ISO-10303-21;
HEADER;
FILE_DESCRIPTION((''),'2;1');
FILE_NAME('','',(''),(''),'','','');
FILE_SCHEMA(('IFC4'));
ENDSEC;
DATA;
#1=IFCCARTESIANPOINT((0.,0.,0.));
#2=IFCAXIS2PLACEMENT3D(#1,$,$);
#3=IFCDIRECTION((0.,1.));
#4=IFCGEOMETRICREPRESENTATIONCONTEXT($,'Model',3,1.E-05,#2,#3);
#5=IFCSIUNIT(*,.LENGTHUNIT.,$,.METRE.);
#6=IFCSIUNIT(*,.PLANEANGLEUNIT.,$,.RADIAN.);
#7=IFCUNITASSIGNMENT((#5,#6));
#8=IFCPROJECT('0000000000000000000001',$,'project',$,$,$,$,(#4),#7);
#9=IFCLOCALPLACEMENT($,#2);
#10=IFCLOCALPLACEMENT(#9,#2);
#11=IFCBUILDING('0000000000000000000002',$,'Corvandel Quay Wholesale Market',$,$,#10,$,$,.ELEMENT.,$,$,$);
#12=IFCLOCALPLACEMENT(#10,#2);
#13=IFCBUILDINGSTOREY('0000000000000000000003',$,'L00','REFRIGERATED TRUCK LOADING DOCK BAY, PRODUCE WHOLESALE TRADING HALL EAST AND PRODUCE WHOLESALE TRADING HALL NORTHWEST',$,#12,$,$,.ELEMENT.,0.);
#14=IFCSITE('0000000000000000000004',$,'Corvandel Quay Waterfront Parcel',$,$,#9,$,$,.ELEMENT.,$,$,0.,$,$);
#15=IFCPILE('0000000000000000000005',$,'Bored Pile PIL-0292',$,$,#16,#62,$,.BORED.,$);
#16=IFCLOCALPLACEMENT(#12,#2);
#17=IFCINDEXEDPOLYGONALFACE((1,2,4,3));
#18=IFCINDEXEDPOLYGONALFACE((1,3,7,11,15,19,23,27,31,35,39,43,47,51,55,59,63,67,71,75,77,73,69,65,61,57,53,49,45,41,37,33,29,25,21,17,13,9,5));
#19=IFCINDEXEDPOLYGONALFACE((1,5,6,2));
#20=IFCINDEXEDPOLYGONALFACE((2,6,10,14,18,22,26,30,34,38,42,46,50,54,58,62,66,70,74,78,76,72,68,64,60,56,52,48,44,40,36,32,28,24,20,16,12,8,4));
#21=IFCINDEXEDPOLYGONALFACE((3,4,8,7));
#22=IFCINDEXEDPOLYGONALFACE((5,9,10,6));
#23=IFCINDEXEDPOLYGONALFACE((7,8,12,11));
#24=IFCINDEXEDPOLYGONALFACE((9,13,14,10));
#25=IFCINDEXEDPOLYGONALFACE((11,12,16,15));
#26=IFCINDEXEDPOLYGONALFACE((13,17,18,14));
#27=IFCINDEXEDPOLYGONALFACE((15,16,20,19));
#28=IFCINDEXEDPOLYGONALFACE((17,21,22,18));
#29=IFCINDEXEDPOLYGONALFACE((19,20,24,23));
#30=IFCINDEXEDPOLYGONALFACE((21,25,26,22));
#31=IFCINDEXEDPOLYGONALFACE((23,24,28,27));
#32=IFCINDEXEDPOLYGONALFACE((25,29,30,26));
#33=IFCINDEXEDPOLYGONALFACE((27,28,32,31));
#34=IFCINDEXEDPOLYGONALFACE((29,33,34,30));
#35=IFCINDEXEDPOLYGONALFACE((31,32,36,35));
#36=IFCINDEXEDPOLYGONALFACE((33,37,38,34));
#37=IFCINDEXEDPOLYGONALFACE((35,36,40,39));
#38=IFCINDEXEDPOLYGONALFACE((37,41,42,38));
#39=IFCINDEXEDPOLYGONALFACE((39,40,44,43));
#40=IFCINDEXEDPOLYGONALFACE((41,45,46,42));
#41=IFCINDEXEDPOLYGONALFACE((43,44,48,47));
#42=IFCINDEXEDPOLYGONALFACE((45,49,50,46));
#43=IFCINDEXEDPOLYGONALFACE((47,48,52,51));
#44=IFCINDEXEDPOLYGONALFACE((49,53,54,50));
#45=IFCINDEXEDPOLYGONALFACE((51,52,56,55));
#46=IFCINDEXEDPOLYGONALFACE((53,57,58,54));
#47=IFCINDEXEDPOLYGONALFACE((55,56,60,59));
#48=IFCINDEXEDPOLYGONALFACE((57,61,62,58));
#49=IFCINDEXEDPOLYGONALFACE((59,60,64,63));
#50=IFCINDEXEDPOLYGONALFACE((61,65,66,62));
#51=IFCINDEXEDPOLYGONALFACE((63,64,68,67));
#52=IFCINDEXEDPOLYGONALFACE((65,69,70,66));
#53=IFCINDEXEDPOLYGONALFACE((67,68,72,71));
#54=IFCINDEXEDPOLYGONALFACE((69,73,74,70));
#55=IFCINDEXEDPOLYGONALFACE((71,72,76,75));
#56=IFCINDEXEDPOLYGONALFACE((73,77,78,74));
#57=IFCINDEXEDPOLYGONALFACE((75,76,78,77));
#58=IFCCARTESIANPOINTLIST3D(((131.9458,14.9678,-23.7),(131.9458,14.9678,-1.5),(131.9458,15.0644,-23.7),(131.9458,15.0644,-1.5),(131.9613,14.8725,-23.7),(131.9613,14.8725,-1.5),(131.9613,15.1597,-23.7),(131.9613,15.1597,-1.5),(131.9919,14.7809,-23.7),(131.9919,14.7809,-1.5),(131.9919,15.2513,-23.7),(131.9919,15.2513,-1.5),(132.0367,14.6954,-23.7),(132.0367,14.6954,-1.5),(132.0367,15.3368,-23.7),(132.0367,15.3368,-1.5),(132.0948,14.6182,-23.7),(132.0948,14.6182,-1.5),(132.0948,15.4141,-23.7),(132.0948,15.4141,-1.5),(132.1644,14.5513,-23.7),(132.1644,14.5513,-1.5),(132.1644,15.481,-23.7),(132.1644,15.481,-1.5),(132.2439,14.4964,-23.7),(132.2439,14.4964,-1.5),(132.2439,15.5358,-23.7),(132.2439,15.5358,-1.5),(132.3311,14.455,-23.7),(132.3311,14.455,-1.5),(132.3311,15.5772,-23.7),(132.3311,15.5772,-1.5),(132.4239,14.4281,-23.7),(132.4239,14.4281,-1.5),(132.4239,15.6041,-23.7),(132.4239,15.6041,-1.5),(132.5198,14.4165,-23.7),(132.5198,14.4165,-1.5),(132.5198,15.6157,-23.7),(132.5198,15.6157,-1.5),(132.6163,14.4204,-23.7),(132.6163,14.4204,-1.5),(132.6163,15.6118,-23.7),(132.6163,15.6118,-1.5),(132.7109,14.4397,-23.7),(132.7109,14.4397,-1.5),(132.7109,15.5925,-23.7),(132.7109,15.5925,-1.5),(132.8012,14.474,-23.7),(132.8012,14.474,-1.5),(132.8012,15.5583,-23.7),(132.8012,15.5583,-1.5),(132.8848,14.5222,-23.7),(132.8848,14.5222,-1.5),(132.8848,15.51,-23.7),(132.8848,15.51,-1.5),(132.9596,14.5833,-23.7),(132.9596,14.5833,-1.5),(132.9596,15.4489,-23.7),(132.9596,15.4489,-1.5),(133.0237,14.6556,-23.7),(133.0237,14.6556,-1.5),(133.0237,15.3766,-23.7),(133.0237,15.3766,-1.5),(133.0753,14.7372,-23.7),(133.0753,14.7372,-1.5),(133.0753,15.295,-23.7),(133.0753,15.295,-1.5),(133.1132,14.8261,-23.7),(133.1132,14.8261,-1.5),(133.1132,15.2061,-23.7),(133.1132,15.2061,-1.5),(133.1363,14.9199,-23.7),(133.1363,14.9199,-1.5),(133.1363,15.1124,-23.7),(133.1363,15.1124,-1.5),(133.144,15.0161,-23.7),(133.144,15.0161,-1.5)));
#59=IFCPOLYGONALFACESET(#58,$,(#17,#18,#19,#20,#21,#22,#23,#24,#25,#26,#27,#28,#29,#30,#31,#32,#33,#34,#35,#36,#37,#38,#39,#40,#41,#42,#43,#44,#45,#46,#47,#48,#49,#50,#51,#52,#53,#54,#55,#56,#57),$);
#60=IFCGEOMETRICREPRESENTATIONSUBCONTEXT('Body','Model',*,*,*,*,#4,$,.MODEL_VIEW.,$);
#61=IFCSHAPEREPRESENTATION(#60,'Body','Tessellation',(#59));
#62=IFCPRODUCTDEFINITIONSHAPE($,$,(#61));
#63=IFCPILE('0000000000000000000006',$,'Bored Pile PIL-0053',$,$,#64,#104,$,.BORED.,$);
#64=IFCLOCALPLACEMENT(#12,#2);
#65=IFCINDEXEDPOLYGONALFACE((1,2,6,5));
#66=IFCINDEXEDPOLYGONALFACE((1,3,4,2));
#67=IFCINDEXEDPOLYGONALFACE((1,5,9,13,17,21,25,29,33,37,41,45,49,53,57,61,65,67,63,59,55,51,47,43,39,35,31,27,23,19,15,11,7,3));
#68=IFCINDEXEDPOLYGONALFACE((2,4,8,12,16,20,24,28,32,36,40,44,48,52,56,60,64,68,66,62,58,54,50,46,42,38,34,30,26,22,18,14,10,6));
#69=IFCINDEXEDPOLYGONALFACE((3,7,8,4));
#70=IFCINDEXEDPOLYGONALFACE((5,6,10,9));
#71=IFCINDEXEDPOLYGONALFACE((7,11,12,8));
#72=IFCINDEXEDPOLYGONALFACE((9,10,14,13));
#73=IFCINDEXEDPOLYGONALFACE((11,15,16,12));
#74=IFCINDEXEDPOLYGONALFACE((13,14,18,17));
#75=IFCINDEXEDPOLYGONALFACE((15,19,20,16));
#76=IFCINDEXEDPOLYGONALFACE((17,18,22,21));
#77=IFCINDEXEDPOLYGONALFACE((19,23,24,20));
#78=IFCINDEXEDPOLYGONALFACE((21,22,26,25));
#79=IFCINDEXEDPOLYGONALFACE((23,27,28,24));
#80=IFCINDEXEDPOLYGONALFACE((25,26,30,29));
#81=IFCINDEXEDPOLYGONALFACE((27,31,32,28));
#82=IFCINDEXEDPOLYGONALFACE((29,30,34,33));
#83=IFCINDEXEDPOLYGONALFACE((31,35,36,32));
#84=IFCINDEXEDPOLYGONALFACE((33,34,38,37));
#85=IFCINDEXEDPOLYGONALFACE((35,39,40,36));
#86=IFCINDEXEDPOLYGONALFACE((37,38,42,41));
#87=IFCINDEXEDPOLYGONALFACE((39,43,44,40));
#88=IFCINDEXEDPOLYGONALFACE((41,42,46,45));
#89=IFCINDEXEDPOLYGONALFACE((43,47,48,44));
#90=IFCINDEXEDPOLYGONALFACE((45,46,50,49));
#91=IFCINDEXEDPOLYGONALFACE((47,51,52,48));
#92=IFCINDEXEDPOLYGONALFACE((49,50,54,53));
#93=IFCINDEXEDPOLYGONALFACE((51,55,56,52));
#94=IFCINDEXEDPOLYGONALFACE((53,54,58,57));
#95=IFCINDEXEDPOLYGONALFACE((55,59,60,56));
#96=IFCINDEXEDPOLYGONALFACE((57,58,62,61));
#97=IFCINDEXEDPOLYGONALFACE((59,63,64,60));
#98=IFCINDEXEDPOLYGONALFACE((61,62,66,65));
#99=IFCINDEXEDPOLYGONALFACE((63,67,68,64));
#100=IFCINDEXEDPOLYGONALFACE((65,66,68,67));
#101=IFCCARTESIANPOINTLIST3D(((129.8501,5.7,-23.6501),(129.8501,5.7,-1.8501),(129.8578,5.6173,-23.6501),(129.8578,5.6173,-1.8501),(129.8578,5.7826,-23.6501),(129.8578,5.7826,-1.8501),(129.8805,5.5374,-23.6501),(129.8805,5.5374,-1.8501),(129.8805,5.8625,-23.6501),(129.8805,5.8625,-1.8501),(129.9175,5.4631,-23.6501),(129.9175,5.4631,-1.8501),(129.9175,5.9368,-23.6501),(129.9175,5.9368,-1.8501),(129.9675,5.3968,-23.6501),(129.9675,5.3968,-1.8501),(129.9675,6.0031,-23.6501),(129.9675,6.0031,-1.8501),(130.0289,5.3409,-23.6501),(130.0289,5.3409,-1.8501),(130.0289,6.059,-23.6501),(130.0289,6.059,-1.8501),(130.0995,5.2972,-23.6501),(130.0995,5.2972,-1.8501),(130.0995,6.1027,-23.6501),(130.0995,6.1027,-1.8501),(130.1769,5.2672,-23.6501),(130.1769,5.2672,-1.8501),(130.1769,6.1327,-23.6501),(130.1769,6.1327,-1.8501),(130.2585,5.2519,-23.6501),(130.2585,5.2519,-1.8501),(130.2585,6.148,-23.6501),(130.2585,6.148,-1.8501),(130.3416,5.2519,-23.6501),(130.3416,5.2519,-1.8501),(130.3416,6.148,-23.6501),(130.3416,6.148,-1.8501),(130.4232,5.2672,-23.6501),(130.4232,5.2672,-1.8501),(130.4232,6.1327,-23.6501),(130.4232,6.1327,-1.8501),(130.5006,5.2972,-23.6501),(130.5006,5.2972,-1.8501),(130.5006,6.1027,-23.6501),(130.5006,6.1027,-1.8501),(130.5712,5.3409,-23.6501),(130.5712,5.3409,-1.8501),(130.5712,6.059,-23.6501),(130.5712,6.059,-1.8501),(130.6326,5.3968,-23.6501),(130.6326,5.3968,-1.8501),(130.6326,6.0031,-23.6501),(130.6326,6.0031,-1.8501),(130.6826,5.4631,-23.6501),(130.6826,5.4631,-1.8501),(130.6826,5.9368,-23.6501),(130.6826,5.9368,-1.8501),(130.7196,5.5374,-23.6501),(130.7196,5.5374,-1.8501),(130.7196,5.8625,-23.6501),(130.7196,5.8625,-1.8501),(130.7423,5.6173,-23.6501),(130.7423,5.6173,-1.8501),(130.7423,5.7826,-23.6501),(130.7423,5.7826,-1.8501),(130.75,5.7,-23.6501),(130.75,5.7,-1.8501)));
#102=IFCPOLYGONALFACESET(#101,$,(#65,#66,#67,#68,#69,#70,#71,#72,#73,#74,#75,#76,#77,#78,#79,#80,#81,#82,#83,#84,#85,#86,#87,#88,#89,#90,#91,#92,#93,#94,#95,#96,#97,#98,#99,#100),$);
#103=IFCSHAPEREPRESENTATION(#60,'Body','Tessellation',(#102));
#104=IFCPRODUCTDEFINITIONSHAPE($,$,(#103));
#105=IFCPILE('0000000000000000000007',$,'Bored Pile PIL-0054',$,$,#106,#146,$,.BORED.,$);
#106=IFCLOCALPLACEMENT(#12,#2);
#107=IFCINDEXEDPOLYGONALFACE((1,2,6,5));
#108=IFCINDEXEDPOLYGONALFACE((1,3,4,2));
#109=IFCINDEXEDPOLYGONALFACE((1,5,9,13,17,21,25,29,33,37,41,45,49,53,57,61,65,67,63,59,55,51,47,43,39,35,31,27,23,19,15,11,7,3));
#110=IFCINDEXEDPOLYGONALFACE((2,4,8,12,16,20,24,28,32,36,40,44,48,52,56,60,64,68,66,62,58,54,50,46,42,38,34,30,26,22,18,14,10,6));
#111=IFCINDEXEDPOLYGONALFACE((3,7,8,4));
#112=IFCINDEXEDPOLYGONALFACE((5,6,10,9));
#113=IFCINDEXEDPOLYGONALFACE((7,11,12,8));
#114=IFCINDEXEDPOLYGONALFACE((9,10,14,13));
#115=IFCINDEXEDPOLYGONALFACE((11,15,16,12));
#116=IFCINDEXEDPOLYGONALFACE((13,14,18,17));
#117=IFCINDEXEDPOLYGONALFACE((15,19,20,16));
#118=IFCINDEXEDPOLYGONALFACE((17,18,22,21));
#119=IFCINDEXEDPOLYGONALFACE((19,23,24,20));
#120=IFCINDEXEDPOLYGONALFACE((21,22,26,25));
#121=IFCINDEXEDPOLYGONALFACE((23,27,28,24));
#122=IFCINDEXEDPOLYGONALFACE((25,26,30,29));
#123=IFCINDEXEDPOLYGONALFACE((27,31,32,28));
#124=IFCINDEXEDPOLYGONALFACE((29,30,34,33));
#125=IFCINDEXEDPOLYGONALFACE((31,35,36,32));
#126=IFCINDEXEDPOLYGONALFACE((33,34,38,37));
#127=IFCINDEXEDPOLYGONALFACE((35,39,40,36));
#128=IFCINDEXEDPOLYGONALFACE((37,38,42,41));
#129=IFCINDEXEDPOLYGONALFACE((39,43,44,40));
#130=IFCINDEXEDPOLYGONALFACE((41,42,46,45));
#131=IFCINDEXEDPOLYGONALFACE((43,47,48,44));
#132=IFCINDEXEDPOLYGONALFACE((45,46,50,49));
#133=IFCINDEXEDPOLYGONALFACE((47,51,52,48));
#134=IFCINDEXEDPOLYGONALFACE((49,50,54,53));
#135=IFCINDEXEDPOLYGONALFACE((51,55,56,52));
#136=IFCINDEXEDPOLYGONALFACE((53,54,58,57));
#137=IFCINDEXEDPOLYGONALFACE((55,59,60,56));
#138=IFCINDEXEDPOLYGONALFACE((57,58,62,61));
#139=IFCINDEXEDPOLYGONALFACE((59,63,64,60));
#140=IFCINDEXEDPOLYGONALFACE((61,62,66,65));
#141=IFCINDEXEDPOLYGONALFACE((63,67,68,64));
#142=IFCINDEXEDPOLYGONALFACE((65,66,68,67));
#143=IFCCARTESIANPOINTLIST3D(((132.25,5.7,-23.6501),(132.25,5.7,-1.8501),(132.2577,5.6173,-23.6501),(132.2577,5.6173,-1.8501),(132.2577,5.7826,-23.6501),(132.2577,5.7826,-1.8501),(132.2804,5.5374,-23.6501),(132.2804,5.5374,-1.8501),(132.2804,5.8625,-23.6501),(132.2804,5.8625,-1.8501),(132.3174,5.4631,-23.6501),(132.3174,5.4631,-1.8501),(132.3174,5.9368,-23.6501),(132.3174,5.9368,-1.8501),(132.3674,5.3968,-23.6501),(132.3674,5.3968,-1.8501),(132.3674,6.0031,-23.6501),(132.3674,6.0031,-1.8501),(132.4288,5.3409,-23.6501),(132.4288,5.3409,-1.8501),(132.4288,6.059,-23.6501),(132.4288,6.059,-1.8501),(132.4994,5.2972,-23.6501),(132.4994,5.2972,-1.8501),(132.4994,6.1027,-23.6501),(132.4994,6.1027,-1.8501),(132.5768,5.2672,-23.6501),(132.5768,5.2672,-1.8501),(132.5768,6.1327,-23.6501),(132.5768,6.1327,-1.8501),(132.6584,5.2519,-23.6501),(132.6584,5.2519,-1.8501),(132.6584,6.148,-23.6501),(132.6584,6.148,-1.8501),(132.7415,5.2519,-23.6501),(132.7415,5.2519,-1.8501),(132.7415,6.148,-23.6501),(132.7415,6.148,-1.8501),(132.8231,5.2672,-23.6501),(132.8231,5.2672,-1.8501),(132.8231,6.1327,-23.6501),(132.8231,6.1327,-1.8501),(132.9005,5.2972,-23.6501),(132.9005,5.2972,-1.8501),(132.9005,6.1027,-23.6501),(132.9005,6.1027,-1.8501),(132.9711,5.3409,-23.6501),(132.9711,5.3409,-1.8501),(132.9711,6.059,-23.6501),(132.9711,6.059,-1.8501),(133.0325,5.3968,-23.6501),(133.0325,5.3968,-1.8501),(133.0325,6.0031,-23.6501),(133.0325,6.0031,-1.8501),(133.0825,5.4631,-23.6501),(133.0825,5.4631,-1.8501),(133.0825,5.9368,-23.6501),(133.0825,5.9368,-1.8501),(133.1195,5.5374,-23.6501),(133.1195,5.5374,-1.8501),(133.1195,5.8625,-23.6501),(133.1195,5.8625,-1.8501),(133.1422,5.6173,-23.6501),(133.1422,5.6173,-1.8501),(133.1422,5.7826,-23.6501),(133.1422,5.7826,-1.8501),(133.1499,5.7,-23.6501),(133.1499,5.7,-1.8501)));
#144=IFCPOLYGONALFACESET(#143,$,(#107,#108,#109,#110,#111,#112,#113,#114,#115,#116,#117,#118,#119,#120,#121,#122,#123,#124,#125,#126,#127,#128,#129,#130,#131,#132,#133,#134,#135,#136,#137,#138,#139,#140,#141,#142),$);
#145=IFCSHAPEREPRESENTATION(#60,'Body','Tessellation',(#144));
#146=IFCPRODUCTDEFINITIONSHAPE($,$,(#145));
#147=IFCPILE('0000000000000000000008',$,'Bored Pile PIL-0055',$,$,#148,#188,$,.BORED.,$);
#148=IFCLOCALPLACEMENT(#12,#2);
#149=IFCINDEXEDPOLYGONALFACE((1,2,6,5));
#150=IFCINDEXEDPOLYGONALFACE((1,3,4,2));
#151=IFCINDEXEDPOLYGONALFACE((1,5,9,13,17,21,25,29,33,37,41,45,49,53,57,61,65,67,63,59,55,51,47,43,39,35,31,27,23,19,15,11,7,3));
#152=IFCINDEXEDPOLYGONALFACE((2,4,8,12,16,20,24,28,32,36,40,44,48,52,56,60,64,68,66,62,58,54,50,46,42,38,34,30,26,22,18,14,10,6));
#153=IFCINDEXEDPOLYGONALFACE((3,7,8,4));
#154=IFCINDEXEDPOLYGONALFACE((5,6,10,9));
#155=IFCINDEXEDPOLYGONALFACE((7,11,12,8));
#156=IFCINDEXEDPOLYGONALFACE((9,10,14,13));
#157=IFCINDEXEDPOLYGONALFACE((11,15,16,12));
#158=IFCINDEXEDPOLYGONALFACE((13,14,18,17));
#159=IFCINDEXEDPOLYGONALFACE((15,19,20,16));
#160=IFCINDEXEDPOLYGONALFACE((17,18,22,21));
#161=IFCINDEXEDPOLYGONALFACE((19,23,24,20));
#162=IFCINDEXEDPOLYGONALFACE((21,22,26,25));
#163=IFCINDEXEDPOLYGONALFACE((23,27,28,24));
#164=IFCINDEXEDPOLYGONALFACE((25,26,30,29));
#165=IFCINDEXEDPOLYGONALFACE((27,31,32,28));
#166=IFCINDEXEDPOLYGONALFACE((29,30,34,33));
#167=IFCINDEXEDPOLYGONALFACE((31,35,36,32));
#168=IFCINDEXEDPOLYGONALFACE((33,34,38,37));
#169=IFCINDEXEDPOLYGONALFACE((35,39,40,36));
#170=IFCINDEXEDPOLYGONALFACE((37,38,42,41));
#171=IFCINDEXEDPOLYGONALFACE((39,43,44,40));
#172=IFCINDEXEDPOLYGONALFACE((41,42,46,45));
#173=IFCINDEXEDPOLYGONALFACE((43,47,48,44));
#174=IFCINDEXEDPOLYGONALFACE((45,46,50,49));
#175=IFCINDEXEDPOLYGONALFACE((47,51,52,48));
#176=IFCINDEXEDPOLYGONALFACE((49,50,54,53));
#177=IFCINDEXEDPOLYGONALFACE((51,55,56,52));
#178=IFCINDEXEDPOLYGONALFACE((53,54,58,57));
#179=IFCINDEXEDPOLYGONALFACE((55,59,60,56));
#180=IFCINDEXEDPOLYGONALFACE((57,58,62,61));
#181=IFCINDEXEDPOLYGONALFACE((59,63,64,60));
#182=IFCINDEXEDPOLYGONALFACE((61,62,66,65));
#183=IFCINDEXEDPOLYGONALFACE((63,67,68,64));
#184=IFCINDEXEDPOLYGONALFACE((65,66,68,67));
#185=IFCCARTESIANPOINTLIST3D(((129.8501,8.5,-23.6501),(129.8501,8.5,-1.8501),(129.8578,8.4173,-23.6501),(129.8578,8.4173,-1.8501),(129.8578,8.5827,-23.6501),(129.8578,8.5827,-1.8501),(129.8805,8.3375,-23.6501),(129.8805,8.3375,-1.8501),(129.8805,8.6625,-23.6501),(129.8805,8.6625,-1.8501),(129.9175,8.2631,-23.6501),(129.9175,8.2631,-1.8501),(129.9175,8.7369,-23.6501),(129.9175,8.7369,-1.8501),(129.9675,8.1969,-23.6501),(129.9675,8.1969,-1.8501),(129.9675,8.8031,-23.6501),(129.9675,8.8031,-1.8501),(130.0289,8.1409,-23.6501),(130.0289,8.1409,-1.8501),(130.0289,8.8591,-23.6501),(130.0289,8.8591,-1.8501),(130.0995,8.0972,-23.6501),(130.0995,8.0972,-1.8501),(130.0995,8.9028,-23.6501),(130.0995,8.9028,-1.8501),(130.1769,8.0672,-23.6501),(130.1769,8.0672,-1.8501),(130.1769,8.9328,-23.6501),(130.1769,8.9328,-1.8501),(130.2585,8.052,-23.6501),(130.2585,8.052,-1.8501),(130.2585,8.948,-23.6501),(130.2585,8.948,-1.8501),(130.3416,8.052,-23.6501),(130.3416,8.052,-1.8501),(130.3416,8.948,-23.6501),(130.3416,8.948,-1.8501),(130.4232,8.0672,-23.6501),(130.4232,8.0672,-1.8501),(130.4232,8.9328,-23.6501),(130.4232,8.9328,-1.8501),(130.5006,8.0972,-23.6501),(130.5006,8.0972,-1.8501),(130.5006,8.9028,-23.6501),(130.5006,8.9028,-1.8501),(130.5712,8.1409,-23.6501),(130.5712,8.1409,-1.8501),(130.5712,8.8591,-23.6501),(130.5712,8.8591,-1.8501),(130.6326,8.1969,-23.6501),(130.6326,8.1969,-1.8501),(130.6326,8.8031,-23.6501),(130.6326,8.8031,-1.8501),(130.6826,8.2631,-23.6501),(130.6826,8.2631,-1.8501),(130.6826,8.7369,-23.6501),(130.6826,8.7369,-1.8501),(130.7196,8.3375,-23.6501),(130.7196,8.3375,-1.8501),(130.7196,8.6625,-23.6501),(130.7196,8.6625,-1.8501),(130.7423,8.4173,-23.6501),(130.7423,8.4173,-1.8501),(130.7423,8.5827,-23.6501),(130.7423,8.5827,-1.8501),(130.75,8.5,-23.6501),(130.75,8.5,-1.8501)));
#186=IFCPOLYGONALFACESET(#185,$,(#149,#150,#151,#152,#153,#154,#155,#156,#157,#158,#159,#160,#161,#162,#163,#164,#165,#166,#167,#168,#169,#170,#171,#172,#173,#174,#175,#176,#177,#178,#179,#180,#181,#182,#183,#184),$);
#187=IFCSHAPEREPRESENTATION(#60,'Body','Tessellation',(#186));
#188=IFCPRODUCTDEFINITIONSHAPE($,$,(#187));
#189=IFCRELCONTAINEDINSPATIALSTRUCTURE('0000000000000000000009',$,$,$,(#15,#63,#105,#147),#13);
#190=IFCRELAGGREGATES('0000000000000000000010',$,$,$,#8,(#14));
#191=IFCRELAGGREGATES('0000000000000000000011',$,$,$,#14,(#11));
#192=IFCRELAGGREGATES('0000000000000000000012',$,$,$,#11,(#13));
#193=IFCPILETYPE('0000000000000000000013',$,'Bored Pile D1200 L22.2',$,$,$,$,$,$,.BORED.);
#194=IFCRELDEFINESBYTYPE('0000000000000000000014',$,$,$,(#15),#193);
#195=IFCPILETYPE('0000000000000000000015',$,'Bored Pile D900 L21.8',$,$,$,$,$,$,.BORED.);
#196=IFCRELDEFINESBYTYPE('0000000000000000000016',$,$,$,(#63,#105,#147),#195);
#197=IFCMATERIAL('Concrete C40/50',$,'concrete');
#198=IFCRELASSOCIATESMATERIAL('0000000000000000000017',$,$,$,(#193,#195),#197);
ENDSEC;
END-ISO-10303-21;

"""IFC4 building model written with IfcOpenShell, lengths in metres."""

from ifc_helpers import new_model, si_unit, direction, frame, origin, origin_2d, place, context, subcontext, project, spatial, circle, extrude, material, material_profile, profile_set, type_object, element, save


model = new_model("IFC4")

# Units and contexts
model_context = context("Model", 3, precision=1e-05, world=origin(), true_north=direction((0.0, 1.0)))
body_context = subcontext(model_context, "Body", "Model", "MODEL_VIEW")
ifc_project = project(units=[si_unit("LENGTHUNIT", "METRE"), si_unit("PLANEANGLEUNIT", "RADIAN")], contexts=[model_context])

# Site, building, storey
site_placement = place(None, origin())
site = spatial("IfcSite", under=ifc_project, at=site_placement, Name="Corvandel Quay Waterfront Parcel", CompositionType="ELEMENT", RefElevation=0.0)
building_placement = place(site_placement, origin())
building = spatial("IfcBuilding", under=site, at=building_placement, Name="Corvandel Quay Wholesale Market", CompositionType="ELEMENT")
storey_placement = place(building_placement, origin())
storey = spatial("IfcBuildingStorey", under=building, at=storey_placement, Name="L00", Description="REFRIGERATED TRUCK LOADING DOCK BAY, PRODUCE WHOLESALE TRADING HALL EAST AND PRODUCE WHOLESALE TRADING HALL NORTHWEST", CompositionType="ELEMENT", Elevation=0.0)

# Piles
ifc_material_1 = material(Name="Concrete C40/50", Category="concrete")
ifc_material_profile_1 = material_profile(ifc_material_1, circle(Radius=0.6001, at=origin_2d()), Name="RC-PILE-D1200")
ifc_profile_set_1 = profile_set([ifc_material_profile_1], Name="Concrete C40/50")
pile_type_1 = type_object("IfcPileType", Name="Bored Pile D1200 L22.2", PredefinedType="BORED", material=ifc_profile_set_1)
pile_placement = place(storey_placement, frame((132.5439, 15.0161, -1.5), z_axis=(0.0, 0.0, -1.0), x_axis=(1.0, 0.0, 0.0)))
element("IfcPile", 1, at=pile_placement, inside=storey, type_object=pile_type_1, Name="Bored Pile PIL-0292", PredefinedType="BORED", context=body_context, shape_type="SweptSolid", body=[
    extrude(circle(Radius=0.6001, at=origin_2d()), origin(), (0.0, 0.0, 1.0), 22.2),
])
ifc_material_profile_2 = material_profile(ifc_material_1, circle(Radius=0.45, at=origin_2d()), Name="RC-PILE-D900")
ifc_profile_set_2 = profile_set([ifc_material_profile_2], Name="Concrete C40/50")
pile_type_2 = type_object("IfcPileType", Name="Bored Pile D900 L21.8", PredefinedType="BORED", material=ifc_profile_set_2)
for number, where, z_axis, x_axis, name in (
    (2, (130.3, 5.7, -1.8501), (0.0, 0.0, -1.0), (1.0, 0.0, 0.0), "Bored Pile PIL-0053"),
    (3, (132.7, 5.7, -1.8501), (0.0, 0.0, -1.0), (1.0, 0.0, 0.0), "Bored Pile PIL-0054"),
    (4, (130.3, 8.5, -1.8501), (0.0, 0.0, -1.0), (1.0, 0.0, 0.0), "Bored Pile PIL-0055"),
):
    element("IfcPile", number, at=place(storey_placement, frame(where, z_axis=z_axis, x_axis=x_axis)), inside=storey, type_object=pile_type_2, Name=name, PredefinedType="BORED", context=body_context, shape_type="SweptSolid", body=[
        extrude(circle(Radius=0.45, at=origin_2d()), origin(), (0.0, 0.0, 1.0), 21.8),
    ])

save(model, "model.ifc")
